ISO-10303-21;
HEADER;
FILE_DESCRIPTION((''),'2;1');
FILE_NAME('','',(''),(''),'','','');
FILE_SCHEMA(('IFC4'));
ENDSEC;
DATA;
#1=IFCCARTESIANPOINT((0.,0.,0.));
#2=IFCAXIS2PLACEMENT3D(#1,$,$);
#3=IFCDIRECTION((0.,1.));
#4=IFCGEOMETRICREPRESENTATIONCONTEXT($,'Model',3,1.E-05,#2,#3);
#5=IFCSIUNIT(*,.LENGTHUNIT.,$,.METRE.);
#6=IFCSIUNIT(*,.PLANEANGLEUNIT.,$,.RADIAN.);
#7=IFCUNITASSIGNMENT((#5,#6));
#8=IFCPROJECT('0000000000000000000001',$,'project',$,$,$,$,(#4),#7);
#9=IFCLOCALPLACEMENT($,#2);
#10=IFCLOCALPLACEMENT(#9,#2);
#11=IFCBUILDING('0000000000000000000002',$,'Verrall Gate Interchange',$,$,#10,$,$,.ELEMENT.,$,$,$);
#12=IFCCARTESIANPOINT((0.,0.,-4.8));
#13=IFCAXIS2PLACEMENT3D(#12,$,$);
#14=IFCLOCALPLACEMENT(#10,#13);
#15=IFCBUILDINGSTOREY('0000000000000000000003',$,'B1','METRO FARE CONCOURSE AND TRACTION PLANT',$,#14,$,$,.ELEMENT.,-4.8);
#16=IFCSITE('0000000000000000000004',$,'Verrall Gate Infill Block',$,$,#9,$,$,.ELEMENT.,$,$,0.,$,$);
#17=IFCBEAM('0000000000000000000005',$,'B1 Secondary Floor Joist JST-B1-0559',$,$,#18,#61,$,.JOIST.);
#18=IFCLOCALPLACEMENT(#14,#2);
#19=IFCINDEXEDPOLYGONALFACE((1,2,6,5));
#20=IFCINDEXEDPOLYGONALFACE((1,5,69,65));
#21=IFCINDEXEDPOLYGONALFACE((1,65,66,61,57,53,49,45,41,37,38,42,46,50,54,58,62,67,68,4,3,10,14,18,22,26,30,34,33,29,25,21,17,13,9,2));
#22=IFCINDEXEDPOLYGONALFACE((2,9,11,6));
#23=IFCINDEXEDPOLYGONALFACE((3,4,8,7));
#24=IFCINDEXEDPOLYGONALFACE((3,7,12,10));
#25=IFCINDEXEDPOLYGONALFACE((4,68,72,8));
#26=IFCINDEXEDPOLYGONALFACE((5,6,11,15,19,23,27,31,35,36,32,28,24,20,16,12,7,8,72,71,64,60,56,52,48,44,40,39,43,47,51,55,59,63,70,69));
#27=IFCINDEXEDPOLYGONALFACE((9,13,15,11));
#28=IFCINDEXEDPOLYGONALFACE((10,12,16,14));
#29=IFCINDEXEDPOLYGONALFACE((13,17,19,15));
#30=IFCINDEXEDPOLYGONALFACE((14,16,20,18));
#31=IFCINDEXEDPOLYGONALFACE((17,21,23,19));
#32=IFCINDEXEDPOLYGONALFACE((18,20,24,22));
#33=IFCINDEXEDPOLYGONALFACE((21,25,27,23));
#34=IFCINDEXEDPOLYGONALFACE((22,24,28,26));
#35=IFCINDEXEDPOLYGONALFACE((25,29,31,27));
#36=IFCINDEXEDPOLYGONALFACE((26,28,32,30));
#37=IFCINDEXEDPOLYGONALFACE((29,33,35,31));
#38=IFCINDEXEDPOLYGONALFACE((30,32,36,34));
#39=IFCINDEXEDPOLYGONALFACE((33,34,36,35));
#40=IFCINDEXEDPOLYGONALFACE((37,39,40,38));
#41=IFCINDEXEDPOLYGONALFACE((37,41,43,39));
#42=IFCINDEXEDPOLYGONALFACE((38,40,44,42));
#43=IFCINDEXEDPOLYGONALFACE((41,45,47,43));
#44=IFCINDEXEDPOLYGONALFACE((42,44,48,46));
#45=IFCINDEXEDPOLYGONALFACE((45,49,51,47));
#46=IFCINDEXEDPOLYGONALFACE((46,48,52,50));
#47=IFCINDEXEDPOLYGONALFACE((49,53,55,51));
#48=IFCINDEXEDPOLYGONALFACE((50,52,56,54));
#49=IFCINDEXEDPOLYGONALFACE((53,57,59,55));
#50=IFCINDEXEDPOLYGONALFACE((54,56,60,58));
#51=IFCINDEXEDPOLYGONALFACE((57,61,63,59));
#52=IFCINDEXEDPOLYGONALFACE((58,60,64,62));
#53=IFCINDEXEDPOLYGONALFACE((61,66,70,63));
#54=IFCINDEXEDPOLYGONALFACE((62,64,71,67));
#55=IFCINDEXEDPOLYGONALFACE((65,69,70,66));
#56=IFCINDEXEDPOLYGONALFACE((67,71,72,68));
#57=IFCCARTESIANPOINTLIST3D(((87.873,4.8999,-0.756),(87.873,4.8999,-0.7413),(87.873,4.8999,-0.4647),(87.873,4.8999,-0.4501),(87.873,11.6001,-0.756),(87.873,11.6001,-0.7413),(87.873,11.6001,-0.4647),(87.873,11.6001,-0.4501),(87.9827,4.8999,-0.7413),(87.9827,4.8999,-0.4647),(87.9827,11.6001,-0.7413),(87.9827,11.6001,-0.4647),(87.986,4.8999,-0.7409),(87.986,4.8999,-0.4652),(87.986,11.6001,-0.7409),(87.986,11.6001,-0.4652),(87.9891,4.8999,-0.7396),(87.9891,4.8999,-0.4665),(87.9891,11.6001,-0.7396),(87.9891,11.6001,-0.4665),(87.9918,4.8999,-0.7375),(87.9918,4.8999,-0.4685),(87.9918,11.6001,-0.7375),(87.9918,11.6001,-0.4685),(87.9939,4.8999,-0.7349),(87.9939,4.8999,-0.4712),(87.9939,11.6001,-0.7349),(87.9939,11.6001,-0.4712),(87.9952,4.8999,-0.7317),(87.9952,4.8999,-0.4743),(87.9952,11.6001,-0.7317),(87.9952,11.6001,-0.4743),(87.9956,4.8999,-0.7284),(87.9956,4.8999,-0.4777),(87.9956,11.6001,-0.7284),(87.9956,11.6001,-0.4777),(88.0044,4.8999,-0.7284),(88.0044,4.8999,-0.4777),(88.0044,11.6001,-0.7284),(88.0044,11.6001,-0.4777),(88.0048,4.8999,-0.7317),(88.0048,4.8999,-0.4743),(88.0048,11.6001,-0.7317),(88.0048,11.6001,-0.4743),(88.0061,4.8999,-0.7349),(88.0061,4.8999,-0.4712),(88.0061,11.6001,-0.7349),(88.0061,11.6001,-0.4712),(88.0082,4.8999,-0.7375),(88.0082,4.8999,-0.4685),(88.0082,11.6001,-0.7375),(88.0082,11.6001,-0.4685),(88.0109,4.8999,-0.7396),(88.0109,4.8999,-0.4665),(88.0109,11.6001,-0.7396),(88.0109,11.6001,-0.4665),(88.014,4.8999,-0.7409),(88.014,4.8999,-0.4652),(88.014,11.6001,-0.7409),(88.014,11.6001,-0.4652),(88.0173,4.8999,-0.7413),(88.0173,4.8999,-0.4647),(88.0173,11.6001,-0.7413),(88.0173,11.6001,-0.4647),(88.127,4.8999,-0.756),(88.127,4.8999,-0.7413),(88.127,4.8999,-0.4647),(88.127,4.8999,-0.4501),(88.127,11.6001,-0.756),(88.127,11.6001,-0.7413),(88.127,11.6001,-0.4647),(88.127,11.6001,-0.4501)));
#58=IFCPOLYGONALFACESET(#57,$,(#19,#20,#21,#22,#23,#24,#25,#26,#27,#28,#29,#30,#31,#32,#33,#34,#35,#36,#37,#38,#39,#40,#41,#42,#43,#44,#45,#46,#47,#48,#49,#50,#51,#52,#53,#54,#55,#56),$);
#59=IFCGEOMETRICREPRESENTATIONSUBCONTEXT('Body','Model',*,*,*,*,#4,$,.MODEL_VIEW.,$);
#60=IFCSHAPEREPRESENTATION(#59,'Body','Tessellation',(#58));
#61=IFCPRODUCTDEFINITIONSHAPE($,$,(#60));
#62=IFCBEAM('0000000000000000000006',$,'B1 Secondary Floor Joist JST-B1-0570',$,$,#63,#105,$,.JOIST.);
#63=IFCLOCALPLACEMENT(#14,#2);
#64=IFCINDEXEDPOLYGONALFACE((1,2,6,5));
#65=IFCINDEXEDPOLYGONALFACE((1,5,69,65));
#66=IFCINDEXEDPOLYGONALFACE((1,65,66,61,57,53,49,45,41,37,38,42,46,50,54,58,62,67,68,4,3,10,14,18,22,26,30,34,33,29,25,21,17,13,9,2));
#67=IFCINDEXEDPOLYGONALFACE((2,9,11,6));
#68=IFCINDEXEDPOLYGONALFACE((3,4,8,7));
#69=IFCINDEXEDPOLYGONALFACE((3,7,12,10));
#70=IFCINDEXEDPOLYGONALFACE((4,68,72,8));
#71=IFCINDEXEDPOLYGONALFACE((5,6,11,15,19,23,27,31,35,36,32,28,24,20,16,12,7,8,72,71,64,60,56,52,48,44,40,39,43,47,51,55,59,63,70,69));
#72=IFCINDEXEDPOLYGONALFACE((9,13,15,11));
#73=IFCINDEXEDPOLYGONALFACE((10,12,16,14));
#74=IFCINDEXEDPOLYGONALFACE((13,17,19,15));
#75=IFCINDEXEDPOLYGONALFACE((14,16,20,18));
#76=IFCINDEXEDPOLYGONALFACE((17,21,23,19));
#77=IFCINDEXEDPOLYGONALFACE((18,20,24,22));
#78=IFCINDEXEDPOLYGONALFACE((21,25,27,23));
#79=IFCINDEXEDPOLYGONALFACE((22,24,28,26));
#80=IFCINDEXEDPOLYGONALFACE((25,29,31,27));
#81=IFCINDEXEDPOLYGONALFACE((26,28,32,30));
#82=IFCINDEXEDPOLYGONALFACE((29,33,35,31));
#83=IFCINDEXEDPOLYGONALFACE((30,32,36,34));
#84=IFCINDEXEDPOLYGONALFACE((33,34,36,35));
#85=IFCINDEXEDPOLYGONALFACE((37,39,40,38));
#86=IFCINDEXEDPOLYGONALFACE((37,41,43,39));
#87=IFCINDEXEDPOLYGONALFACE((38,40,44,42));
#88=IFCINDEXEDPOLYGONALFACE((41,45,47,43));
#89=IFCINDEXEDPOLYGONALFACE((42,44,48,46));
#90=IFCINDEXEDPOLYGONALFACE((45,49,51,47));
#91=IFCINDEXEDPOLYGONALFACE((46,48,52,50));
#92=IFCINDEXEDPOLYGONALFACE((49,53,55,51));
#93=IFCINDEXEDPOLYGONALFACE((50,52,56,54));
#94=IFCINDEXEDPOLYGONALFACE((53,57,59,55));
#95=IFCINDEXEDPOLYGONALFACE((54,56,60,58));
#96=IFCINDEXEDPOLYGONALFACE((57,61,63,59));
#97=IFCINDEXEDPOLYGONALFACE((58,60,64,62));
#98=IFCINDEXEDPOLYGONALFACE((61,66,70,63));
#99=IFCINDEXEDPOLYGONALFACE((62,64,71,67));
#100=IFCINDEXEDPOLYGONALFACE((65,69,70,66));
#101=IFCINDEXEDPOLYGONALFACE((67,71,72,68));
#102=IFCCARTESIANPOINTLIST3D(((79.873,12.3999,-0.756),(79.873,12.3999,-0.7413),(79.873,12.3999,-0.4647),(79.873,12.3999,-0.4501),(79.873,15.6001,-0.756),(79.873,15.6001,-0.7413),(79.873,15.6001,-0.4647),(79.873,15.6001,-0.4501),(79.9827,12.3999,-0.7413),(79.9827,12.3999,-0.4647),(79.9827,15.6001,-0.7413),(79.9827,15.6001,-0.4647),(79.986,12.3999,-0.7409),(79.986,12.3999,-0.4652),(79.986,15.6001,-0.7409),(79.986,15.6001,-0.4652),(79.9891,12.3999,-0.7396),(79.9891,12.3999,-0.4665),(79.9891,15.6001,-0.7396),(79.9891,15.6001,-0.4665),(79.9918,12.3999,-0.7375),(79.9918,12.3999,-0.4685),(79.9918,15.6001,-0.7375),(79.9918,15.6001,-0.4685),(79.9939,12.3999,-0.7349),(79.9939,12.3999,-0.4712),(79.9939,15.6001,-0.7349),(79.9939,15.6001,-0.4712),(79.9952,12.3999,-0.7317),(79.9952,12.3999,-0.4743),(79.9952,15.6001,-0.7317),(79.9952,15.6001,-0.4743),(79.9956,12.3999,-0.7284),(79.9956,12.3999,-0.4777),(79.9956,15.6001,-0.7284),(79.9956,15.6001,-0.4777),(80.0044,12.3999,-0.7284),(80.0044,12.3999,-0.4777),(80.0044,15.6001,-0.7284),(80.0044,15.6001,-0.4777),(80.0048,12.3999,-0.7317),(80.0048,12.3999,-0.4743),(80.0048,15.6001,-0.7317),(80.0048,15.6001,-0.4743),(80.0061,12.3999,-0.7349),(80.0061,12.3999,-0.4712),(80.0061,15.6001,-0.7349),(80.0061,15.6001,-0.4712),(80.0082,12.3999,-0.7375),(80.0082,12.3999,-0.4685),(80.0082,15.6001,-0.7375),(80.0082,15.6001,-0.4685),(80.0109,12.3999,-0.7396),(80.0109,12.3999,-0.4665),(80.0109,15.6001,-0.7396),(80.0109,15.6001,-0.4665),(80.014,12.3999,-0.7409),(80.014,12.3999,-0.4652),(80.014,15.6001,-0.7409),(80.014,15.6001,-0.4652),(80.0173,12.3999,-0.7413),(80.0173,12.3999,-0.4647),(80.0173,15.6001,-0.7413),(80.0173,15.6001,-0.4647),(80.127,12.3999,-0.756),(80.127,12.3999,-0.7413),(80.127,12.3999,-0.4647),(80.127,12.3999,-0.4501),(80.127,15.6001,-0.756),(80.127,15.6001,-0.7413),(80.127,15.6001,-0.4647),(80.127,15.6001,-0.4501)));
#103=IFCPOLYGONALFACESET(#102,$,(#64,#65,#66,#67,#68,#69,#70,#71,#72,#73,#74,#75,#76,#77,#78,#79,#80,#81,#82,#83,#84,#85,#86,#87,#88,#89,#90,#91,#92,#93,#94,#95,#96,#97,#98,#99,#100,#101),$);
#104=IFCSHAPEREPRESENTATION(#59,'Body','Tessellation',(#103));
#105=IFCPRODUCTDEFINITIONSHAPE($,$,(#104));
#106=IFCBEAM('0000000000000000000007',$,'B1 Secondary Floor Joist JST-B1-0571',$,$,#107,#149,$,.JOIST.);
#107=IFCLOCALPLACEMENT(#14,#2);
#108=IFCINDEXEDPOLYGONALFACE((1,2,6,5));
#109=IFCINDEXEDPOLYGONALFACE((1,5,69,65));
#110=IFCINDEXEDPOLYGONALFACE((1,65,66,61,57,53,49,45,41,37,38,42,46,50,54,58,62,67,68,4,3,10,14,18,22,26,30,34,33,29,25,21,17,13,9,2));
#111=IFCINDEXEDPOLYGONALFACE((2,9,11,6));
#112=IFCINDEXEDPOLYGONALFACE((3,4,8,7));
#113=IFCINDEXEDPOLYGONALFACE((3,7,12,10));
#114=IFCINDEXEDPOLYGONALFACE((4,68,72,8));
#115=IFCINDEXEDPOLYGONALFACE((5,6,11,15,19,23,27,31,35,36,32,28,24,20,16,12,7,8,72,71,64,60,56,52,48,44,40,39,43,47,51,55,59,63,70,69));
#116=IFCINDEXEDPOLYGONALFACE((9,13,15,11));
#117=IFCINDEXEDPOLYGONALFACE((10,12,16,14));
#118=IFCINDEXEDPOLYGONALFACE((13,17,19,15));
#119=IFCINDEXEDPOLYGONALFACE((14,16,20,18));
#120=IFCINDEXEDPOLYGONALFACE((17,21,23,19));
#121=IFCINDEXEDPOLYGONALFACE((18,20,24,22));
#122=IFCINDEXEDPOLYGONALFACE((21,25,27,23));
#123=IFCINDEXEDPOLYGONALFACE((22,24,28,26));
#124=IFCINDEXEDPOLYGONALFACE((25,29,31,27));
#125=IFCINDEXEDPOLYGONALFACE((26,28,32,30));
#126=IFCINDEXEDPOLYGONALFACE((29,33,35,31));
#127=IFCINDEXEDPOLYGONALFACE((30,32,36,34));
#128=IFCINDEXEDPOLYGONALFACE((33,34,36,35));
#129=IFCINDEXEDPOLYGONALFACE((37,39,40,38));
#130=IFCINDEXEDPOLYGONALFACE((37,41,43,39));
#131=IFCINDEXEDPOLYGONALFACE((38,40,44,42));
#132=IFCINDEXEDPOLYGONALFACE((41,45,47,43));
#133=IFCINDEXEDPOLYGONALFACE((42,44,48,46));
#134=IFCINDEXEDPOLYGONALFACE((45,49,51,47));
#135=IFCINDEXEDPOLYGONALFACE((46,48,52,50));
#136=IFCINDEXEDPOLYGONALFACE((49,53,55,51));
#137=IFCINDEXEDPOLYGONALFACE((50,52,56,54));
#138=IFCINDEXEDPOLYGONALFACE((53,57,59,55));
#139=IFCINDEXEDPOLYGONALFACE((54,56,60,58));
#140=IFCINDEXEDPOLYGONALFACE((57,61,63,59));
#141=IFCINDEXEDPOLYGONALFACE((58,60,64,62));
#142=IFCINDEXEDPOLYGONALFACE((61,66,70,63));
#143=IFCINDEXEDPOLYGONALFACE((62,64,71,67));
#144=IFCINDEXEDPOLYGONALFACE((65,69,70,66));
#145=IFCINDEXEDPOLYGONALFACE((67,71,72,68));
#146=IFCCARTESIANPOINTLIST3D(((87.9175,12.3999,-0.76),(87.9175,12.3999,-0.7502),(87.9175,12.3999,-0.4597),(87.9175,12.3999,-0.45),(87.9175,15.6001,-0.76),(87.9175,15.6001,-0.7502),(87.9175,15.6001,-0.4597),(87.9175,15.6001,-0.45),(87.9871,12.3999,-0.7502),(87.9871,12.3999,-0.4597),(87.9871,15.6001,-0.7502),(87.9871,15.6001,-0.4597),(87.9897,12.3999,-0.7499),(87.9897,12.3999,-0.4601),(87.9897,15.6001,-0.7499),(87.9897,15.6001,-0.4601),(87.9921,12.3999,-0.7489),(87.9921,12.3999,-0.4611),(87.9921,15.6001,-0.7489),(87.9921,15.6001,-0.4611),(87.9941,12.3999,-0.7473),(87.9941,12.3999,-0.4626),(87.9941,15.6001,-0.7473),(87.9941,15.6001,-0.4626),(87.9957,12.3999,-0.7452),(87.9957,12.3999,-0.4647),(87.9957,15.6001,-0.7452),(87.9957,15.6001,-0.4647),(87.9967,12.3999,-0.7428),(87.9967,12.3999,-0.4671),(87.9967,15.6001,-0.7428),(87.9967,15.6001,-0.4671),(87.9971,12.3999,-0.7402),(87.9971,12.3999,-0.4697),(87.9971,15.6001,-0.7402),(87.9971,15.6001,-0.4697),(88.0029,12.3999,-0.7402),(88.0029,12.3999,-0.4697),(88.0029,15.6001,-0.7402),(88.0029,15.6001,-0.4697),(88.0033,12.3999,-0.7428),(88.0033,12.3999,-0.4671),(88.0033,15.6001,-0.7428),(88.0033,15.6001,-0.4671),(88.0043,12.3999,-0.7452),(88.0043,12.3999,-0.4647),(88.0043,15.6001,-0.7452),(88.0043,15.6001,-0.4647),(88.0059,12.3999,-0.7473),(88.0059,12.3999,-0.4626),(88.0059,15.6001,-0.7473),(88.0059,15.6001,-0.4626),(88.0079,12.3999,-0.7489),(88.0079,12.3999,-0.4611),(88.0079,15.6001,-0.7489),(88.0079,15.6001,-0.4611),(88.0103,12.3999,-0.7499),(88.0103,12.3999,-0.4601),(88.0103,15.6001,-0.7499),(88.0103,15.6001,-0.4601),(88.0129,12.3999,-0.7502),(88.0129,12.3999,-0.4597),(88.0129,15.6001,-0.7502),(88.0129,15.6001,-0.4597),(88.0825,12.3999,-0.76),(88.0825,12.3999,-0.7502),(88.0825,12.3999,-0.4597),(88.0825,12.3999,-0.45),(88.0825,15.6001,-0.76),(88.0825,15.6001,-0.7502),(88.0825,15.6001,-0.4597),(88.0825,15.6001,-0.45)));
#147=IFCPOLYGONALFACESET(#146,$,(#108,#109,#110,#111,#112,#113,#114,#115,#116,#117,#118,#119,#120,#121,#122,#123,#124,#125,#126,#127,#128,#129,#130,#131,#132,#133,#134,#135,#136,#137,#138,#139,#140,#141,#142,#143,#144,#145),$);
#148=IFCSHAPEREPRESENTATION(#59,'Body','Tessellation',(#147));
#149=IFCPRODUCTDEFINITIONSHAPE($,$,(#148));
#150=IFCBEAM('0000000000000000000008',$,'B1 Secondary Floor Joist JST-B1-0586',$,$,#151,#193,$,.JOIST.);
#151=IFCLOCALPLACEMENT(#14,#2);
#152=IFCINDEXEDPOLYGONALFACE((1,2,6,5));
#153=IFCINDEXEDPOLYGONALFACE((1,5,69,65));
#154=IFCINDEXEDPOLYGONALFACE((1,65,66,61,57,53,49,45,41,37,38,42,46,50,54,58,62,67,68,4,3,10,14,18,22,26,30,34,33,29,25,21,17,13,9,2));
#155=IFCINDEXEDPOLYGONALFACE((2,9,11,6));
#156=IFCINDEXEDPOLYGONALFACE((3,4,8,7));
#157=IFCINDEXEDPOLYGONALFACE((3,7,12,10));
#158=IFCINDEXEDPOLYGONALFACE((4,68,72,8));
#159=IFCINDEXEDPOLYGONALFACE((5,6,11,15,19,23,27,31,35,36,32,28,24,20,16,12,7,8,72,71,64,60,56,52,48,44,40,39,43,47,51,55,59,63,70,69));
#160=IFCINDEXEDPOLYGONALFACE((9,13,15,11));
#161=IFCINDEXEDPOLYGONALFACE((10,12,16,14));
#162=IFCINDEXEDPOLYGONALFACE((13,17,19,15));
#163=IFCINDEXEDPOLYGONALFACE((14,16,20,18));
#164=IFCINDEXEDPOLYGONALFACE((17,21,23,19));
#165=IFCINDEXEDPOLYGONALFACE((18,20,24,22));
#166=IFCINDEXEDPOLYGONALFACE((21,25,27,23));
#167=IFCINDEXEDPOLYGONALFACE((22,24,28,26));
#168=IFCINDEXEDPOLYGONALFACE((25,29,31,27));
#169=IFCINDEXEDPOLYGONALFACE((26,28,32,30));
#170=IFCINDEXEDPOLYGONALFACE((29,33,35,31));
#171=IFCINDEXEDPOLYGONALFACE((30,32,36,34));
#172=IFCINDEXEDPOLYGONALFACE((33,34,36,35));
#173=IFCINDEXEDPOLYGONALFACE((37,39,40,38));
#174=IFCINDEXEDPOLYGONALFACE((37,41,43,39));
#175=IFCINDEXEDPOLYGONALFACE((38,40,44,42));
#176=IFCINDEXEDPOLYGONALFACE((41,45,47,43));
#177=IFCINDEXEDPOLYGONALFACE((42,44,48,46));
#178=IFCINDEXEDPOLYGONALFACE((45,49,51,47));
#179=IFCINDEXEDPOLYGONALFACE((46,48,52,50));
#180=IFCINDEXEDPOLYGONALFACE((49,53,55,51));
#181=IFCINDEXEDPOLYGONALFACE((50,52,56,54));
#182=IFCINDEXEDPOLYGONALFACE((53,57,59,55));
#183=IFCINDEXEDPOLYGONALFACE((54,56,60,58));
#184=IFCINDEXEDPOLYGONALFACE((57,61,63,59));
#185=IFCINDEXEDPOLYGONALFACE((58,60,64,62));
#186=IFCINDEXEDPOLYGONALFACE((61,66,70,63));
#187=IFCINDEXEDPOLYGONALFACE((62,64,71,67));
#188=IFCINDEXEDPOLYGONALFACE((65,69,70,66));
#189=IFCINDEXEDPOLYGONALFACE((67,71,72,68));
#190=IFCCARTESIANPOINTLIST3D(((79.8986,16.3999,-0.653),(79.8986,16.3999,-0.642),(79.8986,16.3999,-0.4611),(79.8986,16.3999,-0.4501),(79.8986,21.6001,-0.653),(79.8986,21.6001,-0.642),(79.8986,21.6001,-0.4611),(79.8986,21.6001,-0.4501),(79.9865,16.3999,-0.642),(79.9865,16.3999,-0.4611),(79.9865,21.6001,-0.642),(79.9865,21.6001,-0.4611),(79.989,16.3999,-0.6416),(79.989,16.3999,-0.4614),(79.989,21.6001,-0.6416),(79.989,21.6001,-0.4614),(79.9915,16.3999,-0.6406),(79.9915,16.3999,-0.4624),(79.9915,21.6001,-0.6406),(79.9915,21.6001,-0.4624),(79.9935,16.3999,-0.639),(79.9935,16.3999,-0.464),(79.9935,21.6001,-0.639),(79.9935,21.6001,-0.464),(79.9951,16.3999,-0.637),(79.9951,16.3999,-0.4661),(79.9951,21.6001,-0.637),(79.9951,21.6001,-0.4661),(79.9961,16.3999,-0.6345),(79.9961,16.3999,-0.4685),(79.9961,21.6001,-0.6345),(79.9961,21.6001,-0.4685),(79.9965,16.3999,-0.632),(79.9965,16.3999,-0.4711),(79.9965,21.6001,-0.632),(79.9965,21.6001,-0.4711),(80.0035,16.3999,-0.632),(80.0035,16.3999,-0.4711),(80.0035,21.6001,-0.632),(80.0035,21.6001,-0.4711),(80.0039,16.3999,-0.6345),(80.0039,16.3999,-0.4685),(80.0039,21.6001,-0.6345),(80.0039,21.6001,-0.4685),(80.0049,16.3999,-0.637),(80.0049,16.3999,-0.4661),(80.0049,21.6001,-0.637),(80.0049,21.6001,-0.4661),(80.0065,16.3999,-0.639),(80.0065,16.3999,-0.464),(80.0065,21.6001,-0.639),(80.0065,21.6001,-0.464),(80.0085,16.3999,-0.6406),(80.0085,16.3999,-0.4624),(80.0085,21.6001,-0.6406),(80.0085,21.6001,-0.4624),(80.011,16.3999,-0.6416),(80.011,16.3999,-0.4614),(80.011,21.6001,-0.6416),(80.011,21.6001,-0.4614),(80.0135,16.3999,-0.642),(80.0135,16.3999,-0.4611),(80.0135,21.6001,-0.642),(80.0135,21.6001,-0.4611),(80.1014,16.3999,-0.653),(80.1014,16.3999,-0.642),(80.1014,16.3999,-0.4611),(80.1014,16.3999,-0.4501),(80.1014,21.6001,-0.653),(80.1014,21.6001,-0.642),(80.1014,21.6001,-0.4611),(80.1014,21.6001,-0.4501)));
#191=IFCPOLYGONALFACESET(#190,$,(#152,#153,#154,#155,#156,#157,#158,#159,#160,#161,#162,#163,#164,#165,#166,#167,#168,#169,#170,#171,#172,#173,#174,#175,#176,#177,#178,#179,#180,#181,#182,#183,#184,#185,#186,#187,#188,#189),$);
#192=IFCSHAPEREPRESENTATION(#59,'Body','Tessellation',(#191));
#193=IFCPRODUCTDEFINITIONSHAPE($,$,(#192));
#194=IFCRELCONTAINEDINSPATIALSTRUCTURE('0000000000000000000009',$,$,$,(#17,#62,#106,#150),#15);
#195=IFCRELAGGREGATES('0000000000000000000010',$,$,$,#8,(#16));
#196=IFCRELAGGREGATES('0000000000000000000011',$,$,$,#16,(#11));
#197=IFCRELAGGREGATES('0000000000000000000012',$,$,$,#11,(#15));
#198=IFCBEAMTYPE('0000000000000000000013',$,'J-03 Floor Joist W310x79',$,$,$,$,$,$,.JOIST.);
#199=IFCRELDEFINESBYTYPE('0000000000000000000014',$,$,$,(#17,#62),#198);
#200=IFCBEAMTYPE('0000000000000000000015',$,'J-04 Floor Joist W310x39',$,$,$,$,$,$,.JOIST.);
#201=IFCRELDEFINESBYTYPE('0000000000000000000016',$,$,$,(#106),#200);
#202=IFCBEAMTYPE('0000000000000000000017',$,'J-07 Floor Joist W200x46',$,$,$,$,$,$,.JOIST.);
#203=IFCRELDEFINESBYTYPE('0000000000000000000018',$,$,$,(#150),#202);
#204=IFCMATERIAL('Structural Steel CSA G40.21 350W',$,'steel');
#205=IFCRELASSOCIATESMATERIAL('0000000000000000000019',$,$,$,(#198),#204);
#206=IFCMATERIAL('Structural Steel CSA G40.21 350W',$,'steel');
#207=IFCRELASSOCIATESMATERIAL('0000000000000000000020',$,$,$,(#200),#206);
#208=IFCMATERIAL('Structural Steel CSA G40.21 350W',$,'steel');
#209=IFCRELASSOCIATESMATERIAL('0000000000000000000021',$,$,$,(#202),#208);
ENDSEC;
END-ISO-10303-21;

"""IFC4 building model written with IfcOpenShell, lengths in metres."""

from ifc_helpers import new_model, si_unit, direction, frame, origin, origin_2d, place, context, subcontext, project, spatial, i_section, extrude, material, material_profile, profile_set, type_object, element, save


model = new_model("IFC4")

# Units and contexts
model_context = context("Model", 3, precision=1e-05, world=origin(), true_north=direction((0.0, 1.0)))
body_context = subcontext(model_context, "Body", "Model", "MODEL_VIEW")
ifc_project = project(units=[si_unit("LENGTHUNIT", "METRE"), si_unit("PLANEANGLEUNIT", "RADIAN")], contexts=[model_context])

# Site, building, storey
site_placement = place(None, origin())
site = spatial("IfcSite", under=ifc_project, at=site_placement, Name="Verrall Gate Infill Block", CompositionType="ELEMENT", RefElevation=0.0)
building_placement = place(site_placement, origin())
building = spatial("IfcBuilding", under=site, at=building_placement, Name="Verrall Gate Interchange", CompositionType="ELEMENT")
storey_placement = place(building_placement, frame((0.0, 0.0, -4.8)))
storey = spatial("IfcBuildingStorey", under=building, at=storey_placement, Name="B1", Description="METRO FARE CONCOURSE AND TRACTION PLANT", CompositionType="ELEMENT", Elevation=-4.8)

# Beams
ifc_material_1 = material(Name="Structural Steel CSA G40.21 350W", Category="steel")
ifc_material_profile_1 = material_profile(ifc_material_1, i_section(OverallWidth=0.2539, OverallDepth=0.3059, WebThickness=0.0088, FlangeThickness=0.0146, FilletRadius=0.0129, at=origin_2d()), Name="W310x79")
ifc_profile_set_1 = profile_set([ifc_material_profile_1], Name="Structural Steel CSA G40.21 350W")
beam_type_1 = type_object("IfcBeamType", Name="J-03 Floor Joist W310x79", PredefinedType="JOIST", material=ifc_profile_set_1)
beam_1_placement = place(storey_placement, frame((88.0, 4.8999, -0.603), z_axis=(0.0, 1.0, 0.0), x_axis=(-1.0, 0.0, 0.0)))
element("IfcBeam", 1, at=beam_1_placement, inside=storey, type_object=beam_type_1, Name="B1 Secondary Floor Joist JST-B1-0559", PredefinedType="JOIST", context=body_context, shape_type="SweptSolid", body=[
    extrude(i_section(OverallWidth=0.2539, OverallDepth=0.3059, WebThickness=0.0088, FlangeThickness=0.0146, FilletRadius=0.0129, at=origin_2d()), origin(), (0.0, 0.0, 1.0), 6.7002),
])
beam_2_placement = place(storey_placement, frame((80.0, 12.3999, -0.603), z_axis=(0.0, 1.0, 0.0), x_axis=(-1.0, 0.0, 0.0)))
element("IfcBeam", 2, at=beam_2_placement, inside=storey, type_object=beam_type_1, Name="B1 Secondary Floor Joist JST-B1-0570", PredefinedType="JOIST", context=body_context, shape_type="SweptSolid", body=[
    extrude(i_section(OverallWidth=0.2539, OverallDepth=0.3059, WebThickness=0.0088, FlangeThickness=0.0146, FilletRadius=0.0129, at=origin_2d()), origin(), (0.0, 0.0, 1.0), 3.2002),
])
ifc_material_2 = material(Name="Structural Steel CSA G40.21 350W", Category="steel")
ifc_material_profile_2 = material_profile(ifc_material_2, i_section(OverallWidth=0.165, OverallDepth=0.3101, WebThickness=0.0059, FlangeThickness=0.0098, FilletRadius=0.01, at=origin_2d()), Name="W310x39")
ifc_profile_set_2 = profile_set([ifc_material_profile_2], Name="Structural Steel CSA G40.21 350W")
beam_type_2 = type_object("IfcBeamType", Name="J-04 Floor Joist W310x39", PredefinedType="JOIST", material=ifc_profile_set_2)
beam_3_placement = place(storey_placement, frame((88.0, 12.3999, -0.605), z_axis=(0.0, 1.0, 0.0), x_axis=(-1.0, 0.0, 0.0)))
element("IfcBeam", 3, at=beam_3_placement, inside=storey, type_object=beam_type_2, Name="B1 Secondary Floor Joist JST-B1-0571", PredefinedType="JOIST", context=body_context, shape_type="SweptSolid", body=[
    extrude(i_section(OverallWidth=0.165, OverallDepth=0.3101, WebThickness=0.0059, FlangeThickness=0.0098, FilletRadius=0.01, at=origin_2d()), origin(), (0.0, 0.0, 1.0), 3.2002),
])
ifc_material_3 = material(Name="Structural Steel CSA G40.21 350W", Category="steel")
ifc_material_profile_3 = material_profile(ifc_material_3, i_section(OverallWidth=0.2029, OverallDepth=0.2029, WebThickness=0.0071, FlangeThickness=0.011, FilletRadius=0.01, at=origin_2d()), Name="W200x46")
ifc_profile_set_3 = profile_set([ifc_material_profile_3], Name="Structural Steel CSA G40.21 350W")
beam_type_3 = type_object("IfcBeamType", Name="J-07 Floor Joist W200x46", PredefinedType="JOIST", material=ifc_profile_set_3)
beam_4_placement = place(storey_placement, frame((80.0, 16.3999, -0.5515), z_axis=(0.0, 1.0, 0.0), x_axis=(-1.0, 0.0, 0.0)))
element("IfcBeam", 4, at=beam_4_placement, inside=storey, type_object=beam_type_3, Name="B1 Secondary Floor Joist JST-B1-0586", PredefinedType="JOIST", context=body_context, shape_type="SweptSolid", body=[
    extrude(i_section(OverallWidth=0.2029, OverallDepth=0.2029, WebThickness=0.0071, FlangeThickness=0.011, FilletRadius=0.01, at=origin_2d()), origin(), (0.0, 0.0, 1.0), 5.2002),
])

save(model, "model.ifc")
